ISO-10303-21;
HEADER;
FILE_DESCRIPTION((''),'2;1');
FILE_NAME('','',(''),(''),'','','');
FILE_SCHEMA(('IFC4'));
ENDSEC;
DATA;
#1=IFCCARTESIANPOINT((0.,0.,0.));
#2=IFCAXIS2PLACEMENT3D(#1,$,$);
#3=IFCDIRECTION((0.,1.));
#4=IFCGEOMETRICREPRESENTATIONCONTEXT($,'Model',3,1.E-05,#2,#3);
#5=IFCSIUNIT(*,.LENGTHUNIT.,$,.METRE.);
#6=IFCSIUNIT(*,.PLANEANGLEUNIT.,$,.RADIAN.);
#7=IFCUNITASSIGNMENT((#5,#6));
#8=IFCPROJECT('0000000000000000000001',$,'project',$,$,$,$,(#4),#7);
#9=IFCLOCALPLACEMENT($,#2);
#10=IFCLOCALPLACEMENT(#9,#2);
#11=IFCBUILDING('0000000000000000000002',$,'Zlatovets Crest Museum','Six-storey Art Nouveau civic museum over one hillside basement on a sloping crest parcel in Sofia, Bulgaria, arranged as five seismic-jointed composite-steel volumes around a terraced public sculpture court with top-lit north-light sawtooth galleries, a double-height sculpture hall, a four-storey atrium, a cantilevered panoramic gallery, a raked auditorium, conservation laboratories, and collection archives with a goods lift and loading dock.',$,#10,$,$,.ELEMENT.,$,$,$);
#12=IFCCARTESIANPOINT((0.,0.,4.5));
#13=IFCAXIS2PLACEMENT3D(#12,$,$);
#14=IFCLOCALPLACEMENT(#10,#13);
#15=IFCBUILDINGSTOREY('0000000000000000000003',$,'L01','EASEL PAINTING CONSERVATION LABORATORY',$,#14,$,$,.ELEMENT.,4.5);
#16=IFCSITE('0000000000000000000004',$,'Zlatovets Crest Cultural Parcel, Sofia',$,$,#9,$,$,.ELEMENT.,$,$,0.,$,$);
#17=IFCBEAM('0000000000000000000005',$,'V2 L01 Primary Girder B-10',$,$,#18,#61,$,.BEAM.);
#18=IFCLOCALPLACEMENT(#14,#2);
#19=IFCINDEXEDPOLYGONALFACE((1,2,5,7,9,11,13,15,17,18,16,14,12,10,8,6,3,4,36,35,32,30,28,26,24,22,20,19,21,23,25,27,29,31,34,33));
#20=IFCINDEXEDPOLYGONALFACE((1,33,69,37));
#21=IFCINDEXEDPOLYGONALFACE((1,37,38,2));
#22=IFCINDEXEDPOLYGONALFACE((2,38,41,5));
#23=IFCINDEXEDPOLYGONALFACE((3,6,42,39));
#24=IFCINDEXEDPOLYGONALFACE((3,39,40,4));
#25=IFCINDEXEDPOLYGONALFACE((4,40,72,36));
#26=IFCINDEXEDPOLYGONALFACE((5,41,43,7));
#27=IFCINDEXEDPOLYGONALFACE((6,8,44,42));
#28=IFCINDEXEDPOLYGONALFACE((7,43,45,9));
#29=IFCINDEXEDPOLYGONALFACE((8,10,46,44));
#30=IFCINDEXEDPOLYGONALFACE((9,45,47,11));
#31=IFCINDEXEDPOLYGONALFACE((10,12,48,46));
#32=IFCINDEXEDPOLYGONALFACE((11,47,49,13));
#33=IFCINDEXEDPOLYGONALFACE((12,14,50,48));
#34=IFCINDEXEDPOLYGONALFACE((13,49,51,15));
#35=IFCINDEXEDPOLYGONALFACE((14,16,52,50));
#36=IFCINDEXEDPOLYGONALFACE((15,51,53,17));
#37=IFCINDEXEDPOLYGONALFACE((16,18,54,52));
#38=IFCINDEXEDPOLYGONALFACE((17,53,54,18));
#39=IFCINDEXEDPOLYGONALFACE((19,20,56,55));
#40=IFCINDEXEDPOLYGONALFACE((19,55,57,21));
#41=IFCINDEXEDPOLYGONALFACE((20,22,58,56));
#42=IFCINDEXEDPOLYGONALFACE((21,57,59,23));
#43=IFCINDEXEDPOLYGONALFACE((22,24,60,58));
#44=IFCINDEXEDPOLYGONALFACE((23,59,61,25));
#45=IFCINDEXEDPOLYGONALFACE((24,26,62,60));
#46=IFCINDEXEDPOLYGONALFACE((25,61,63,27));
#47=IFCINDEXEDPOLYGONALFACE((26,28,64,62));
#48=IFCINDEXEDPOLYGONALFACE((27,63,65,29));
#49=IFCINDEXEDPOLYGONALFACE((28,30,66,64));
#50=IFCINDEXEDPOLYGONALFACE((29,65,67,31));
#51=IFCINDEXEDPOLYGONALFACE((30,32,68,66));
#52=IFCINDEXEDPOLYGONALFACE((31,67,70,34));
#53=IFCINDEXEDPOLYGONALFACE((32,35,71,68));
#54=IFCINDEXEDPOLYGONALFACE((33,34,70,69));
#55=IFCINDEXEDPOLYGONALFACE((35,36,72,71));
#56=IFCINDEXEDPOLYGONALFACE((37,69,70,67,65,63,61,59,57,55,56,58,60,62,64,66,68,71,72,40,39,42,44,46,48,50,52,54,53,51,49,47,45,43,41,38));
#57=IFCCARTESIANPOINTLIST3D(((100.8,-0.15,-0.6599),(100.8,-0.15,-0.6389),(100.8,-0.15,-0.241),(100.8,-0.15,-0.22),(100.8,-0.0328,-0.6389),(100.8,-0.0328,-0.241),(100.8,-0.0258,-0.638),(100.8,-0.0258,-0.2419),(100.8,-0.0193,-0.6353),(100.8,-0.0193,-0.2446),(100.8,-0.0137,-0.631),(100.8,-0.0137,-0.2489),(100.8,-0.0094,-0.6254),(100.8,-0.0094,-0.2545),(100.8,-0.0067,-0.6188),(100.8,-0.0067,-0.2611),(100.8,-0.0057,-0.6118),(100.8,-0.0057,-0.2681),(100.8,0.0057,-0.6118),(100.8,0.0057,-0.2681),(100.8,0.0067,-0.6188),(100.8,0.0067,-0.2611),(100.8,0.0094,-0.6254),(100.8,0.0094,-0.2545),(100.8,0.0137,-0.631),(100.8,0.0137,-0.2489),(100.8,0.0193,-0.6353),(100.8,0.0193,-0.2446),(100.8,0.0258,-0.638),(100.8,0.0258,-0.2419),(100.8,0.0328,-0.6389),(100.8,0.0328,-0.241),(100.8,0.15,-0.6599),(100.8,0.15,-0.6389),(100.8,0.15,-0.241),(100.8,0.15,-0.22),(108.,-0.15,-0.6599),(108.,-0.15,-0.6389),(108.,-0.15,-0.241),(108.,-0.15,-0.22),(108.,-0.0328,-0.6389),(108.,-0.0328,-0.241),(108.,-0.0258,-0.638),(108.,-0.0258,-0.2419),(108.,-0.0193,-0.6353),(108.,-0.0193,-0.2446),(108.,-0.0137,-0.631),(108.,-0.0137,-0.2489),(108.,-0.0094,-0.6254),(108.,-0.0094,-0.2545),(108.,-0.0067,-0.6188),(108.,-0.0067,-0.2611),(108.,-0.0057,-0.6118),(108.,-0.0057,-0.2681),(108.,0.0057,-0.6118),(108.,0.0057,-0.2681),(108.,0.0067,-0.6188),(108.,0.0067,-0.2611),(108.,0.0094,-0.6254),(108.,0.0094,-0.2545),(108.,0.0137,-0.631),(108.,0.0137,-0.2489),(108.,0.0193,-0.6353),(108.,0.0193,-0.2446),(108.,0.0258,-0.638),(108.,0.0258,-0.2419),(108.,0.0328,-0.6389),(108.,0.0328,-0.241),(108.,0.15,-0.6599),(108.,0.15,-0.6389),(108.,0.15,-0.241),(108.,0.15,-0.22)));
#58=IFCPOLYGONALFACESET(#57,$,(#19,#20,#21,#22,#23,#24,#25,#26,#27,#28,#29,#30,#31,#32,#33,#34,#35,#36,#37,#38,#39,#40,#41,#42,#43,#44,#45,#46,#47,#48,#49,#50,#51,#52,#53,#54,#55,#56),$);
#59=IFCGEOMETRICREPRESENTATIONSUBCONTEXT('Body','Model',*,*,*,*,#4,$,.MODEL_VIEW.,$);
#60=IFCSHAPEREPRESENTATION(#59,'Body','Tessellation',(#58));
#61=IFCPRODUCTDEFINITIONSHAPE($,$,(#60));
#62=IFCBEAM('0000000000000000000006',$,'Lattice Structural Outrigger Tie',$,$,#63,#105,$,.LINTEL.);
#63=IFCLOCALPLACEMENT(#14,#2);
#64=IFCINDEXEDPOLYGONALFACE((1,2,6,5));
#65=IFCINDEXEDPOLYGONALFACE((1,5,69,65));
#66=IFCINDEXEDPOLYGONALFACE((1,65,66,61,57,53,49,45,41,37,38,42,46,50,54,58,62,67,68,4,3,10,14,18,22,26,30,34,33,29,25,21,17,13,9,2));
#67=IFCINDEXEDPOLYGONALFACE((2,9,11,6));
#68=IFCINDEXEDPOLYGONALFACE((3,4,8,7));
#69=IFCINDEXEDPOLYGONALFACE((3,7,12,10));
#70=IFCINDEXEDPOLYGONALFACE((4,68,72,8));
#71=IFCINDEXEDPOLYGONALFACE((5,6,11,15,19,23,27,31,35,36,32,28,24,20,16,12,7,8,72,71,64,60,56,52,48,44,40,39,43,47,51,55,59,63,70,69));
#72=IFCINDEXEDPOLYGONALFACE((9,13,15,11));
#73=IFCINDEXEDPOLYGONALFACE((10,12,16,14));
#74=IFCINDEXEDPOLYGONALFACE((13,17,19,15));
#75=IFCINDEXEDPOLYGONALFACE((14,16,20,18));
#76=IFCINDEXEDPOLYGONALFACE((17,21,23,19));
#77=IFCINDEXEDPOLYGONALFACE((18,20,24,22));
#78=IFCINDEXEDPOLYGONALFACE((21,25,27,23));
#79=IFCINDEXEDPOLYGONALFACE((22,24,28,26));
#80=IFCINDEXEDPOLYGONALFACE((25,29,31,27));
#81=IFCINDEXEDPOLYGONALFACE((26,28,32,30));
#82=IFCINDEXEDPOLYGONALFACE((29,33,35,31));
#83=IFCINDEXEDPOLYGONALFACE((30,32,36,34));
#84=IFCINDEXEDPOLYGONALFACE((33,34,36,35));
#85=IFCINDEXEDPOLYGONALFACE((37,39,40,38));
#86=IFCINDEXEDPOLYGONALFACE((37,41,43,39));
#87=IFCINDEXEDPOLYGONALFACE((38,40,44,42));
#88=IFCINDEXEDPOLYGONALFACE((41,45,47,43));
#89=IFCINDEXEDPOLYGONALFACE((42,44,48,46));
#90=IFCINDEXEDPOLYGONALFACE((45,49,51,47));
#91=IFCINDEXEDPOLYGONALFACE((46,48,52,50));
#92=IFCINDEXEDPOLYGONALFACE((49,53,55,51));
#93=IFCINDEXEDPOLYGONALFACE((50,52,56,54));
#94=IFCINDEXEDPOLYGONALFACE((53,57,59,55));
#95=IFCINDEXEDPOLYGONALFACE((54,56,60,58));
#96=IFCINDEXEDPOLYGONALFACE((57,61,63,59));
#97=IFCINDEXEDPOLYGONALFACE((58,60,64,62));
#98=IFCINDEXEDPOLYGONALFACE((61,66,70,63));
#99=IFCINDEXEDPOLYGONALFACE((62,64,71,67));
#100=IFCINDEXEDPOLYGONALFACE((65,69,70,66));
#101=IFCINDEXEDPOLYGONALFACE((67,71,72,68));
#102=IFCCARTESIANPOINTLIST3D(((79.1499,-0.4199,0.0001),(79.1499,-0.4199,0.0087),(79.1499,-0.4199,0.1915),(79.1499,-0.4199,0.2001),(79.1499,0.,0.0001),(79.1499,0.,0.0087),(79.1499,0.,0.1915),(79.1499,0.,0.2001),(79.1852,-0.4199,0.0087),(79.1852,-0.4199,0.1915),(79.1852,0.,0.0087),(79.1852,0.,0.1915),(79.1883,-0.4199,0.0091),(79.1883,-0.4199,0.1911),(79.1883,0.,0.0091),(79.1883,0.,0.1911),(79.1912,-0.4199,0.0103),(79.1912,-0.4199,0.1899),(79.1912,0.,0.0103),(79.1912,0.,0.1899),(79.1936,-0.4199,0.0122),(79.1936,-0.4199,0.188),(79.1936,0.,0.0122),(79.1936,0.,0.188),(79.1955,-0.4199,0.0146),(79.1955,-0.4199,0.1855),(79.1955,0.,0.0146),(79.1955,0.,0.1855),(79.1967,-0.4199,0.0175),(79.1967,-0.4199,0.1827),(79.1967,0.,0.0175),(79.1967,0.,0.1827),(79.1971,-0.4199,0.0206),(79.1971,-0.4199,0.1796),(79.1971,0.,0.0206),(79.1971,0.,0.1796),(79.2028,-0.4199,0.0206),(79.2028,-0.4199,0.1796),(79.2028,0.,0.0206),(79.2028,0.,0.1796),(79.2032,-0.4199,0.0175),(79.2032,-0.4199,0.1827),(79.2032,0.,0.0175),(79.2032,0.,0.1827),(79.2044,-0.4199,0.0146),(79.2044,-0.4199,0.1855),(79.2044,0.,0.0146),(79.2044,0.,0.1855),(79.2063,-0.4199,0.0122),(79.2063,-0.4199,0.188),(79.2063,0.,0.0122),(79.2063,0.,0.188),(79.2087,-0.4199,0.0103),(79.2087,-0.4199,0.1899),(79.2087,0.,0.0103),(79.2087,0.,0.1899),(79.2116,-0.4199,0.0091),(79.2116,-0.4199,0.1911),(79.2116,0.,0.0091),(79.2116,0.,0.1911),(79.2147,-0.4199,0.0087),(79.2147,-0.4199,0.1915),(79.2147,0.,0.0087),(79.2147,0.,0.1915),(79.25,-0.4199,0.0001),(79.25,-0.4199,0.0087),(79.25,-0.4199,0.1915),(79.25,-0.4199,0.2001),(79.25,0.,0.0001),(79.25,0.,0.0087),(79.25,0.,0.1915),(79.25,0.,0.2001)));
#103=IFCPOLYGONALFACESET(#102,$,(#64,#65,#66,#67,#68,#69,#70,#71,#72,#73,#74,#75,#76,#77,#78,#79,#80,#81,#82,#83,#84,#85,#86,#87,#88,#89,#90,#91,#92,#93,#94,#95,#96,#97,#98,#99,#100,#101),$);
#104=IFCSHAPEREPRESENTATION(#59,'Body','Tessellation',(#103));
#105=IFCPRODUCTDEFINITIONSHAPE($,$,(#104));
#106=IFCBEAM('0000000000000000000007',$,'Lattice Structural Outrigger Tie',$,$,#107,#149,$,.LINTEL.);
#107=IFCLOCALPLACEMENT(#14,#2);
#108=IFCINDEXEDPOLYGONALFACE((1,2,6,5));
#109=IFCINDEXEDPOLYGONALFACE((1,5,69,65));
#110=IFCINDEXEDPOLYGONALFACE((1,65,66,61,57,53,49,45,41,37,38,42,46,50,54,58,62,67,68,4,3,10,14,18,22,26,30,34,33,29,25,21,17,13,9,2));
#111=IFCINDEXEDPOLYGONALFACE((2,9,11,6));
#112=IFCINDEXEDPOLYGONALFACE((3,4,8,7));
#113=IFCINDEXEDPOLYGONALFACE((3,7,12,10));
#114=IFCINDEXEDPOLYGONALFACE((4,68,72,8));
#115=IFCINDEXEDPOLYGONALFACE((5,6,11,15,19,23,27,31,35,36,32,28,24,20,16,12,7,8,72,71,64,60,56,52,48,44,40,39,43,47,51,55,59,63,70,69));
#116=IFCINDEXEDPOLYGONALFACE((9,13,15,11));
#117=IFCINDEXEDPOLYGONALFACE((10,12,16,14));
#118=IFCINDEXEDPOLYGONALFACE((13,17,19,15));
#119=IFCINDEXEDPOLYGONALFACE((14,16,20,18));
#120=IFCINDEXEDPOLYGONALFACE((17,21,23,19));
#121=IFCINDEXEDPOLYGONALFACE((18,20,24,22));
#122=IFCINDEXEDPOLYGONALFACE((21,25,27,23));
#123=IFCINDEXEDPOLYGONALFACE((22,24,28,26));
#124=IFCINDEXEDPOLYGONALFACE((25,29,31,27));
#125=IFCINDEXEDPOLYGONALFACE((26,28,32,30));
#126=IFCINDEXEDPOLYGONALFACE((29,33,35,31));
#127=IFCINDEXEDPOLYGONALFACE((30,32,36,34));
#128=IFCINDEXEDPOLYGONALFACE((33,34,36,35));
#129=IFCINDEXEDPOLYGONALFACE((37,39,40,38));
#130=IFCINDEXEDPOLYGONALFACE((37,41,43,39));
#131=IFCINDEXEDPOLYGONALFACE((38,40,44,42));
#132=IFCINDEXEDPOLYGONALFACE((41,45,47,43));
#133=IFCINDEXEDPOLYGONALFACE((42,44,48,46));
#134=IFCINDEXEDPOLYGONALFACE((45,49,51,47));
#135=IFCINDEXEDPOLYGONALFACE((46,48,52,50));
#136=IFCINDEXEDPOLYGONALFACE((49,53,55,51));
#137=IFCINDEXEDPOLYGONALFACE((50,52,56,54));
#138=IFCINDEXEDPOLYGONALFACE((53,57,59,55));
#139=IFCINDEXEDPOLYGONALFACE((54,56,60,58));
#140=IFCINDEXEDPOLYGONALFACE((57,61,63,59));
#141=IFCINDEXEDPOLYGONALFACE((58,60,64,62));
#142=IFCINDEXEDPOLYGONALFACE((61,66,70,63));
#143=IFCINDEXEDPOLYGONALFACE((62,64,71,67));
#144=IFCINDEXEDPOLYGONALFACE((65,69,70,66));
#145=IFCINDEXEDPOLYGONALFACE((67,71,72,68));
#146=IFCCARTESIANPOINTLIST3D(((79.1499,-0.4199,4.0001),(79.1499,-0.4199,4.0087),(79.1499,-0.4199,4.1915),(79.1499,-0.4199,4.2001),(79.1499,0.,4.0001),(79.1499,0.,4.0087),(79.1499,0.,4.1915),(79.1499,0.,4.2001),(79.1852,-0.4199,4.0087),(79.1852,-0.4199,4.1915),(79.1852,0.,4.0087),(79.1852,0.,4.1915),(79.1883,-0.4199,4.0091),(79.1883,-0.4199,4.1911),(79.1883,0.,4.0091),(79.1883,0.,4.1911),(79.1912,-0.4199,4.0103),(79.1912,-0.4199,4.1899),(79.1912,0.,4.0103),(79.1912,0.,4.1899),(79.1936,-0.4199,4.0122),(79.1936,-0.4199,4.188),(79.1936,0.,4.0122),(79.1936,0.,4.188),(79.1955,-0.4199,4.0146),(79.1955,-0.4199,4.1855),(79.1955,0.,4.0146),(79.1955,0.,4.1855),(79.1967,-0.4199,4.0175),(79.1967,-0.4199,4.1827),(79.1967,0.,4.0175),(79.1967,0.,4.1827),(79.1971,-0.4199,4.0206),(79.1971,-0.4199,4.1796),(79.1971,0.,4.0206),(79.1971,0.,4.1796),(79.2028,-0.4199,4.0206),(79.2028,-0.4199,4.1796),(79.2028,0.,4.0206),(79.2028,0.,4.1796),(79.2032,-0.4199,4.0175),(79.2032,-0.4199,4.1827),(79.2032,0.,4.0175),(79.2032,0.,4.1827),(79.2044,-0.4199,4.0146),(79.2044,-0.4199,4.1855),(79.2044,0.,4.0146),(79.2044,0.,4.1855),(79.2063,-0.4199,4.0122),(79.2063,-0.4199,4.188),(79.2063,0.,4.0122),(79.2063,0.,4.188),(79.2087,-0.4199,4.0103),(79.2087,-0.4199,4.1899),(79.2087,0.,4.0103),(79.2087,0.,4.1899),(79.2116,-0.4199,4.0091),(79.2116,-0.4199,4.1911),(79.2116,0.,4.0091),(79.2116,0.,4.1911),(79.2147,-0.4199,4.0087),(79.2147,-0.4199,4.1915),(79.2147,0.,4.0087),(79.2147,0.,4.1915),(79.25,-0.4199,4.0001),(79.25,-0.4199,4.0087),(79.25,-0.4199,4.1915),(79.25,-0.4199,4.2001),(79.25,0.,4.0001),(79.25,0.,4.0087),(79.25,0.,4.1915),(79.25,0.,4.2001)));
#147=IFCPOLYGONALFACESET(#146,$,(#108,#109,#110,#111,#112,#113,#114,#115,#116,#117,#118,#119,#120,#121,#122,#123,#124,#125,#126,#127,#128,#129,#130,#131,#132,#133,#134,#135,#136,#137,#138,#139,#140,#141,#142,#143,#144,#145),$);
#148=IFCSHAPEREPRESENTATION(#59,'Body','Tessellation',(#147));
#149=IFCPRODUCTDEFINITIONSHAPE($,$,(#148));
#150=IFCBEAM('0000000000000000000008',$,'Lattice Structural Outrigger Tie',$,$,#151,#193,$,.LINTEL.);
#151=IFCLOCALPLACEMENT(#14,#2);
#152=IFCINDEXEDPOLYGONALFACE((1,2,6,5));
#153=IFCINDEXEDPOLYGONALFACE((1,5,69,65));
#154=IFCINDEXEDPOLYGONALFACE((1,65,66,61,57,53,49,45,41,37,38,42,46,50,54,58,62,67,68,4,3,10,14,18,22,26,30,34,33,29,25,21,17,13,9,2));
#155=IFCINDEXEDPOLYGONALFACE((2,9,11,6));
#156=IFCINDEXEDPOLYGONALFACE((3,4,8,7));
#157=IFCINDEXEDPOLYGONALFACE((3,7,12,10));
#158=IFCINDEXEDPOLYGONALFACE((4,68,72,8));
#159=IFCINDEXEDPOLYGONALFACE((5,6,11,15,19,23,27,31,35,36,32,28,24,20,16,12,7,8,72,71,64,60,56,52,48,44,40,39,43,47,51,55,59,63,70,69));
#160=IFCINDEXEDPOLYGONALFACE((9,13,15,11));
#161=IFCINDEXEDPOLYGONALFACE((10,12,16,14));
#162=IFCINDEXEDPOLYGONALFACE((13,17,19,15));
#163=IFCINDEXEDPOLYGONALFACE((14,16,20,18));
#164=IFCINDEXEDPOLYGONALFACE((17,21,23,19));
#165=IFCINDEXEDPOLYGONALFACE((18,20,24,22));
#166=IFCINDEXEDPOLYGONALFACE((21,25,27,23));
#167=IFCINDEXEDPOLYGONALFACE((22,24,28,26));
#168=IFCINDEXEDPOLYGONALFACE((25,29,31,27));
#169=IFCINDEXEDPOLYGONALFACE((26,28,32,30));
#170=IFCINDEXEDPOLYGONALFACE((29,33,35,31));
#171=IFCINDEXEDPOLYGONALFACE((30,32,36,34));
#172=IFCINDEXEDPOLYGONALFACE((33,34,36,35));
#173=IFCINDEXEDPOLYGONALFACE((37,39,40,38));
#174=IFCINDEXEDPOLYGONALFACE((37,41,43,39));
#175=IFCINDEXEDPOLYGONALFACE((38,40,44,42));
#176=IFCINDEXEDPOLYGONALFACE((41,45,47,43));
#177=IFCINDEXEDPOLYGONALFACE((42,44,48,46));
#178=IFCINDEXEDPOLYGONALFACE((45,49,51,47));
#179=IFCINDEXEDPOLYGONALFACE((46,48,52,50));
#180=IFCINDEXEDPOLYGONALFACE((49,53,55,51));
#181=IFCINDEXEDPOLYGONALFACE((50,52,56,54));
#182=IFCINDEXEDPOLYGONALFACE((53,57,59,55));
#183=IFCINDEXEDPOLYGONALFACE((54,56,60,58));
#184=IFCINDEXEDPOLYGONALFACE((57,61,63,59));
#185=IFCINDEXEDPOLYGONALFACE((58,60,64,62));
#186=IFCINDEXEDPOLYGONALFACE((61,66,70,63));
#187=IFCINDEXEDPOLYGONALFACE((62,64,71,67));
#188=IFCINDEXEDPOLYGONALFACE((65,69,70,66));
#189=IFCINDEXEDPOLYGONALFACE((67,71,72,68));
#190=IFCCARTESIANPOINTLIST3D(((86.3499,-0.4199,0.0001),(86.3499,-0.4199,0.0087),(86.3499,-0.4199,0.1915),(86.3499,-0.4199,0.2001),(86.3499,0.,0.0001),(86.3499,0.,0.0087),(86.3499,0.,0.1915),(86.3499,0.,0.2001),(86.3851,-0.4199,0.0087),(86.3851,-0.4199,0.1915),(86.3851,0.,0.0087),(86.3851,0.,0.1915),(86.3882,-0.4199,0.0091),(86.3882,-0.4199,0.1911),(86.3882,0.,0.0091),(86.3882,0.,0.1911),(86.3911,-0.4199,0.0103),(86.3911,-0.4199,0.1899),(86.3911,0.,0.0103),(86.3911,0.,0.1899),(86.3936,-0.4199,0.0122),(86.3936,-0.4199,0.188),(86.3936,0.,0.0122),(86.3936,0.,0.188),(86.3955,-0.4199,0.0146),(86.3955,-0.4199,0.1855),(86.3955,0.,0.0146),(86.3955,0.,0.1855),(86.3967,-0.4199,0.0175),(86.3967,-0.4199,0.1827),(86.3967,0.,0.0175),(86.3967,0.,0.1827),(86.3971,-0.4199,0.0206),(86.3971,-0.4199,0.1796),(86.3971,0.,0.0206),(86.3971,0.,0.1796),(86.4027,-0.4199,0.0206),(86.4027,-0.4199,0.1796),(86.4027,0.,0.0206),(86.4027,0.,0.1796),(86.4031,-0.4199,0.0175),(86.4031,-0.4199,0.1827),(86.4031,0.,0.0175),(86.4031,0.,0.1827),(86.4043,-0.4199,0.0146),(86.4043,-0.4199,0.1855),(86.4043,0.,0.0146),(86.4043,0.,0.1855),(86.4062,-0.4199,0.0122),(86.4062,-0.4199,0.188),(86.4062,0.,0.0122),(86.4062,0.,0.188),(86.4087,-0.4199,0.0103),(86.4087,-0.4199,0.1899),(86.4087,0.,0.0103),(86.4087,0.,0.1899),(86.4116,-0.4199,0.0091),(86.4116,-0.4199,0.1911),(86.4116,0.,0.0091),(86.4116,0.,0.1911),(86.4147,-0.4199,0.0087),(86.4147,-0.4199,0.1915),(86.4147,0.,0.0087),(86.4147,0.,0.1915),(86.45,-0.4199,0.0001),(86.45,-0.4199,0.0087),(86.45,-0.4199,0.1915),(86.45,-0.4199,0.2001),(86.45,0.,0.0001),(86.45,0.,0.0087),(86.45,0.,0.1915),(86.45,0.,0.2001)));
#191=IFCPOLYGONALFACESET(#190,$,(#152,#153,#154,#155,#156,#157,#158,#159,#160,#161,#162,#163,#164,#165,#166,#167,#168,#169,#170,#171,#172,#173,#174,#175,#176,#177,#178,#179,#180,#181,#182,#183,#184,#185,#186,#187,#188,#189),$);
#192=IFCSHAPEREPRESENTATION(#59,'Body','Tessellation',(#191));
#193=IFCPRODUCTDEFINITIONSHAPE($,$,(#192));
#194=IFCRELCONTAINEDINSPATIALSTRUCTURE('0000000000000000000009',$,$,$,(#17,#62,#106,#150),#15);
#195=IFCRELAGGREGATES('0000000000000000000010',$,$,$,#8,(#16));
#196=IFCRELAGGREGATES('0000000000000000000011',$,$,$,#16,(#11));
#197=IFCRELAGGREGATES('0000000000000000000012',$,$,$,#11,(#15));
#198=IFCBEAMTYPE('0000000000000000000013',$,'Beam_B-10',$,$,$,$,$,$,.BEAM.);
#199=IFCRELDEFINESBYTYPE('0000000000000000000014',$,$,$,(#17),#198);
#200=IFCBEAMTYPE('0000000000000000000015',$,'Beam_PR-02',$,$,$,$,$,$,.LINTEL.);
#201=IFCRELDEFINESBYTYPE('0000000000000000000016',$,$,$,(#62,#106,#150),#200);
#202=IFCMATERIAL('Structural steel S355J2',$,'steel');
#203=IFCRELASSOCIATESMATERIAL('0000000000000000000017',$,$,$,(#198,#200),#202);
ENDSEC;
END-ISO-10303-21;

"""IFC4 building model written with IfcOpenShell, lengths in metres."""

from ifc_helpers import new_model, si_unit, direction, frame, origin, origin_2d, place, context, subcontext, project, spatial, i_section, extrude, material, material_profile, profile_set, type_object, element, save


model = new_model("IFC4")

# Units and contexts
model_context = context("Model", 3, precision=1e-05, world=origin(), true_north=direction((0.0, 1.0)))
body_context = subcontext(model_context, "Body", "Model", "MODEL_VIEW")
ifc_project = project(units=[si_unit("LENGTHUNIT", "METRE"), si_unit("PLANEANGLEUNIT", "RADIAN")], contexts=[model_context])

# Site, building, storey
site_placement = place(None, origin())
site = spatial("IfcSite", under=ifc_project, at=site_placement, Name="Zlatovets Crest Cultural Parcel, Sofia", CompositionType="ELEMENT", RefElevation=0.0)
building_placement = place(site_placement, origin())
building = spatial("IfcBuilding", under=site, at=building_placement, Name="Zlatovets Crest Museum", Description="Six-storey Art Nouveau civic museum over one hillside basement on a sloping crest parcel in Sofia, Bulgaria, arranged as five seismic-jointed composite-steel volumes around a terraced public sculpture court with top-lit north-light sawtooth galleries, a double-height sculpture hall, a four-storey atrium, a cantilevered panoramic gallery, a raked auditorium, conservation laboratories, and collection archives with a goods lift and loading dock.", CompositionType="ELEMENT")
storey_placement = place(building_placement, frame((0.0, 0.0, 4.5)))
storey = spatial("IfcBuildingStorey", under=building, at=storey_placement, Name="L01", Description="EASEL PAINTING CONSERVATION LABORATORY", CompositionType="ELEMENT", Elevation=4.5)

# Shared definitions
ifc_material_1 = material(Name="Structural steel S355J2", Category="steel")

# Beams
ifc_material_profile_1 = material_profile(ifc_material_1, i_section(OverallWidth=0.3, OverallDepth=0.4399, WebThickness=0.0115, FlangeThickness=0.021, FilletRadius=0.0271, at=origin_2d()), Name="HEA 450")
ifc_profile_set_1 = profile_set([ifc_material_profile_1], Name="Structural steel S355J2")
beam_type_1 = type_object("IfcBeamType", Name="Beam_B-10", PredefinedType="BEAM", material=ifc_profile_set_1)
for number, where, z_axis, x_axis, name in (
    (1, (100.8, 0.0, -0.4399), (1.0, 0.0, 0.0), (0.0, 1.0, 0.0), "V2 L01 Primary Girder B-10"),
):
    element("IfcBeam", number, at=place(storey_placement, frame(where, z_axis=z_axis, x_axis=x_axis)), inside=storey, type_object=beam_type_1, Name=name, PredefinedType="BEAM", context=body_context, shape_type="SweptSolid", body=[
        extrude(i_section(OverallWidth=0.3, OverallDepth=0.4399, WebThickness=0.0115, FlangeThickness=0.021, FilletRadius=0.0271, at=origin_2d()), origin(), (0.0, 0.0, 1.0), 7.2),
    ])
ifc_material_profile_2 = material_profile(ifc_material_1, i_section(OverallWidth=0.1001, OverallDepth=0.2, WebThickness=0.0056, FlangeThickness=0.0085, FilletRadius=0.012, at=origin_2d()), Name="IPE 200")
ifc_profile_set_2 = profile_set([ifc_material_profile_2], Name="Structural steel S355J2")
beam_type_2 = type_object("IfcBeamType", Name="Beam_PR-02", PredefinedType="LINTEL", material=ifc_profile_set_2)
for number, where, z_axis, x_axis, name in (
    (2, (79.2, 0.0, 0.1001), (0.0, -1.0, 0.0), (1.0, 0.0, 0.0), "Lattice Structural Outrigger Tie"),
    (3, (79.2, 0.0, 4.1001), (0.0, -1.0, 0.0), (1.0, 0.0, 0.0), "Lattice Structural Outrigger Tie"),
    (4, (86.3999, 0.0, 0.1001), (0.0, -1.0, 0.0), (1.0, 0.0, 0.0), "Lattice Structural Outrigger Tie"),
):
    element("IfcBeam", number, at=place(storey_placement, frame(where, z_axis=z_axis, x_axis=x_axis)), inside=storey, type_object=beam_type_2, Name=name, PredefinedType="LINTEL", context=body_context, shape_type="SweptSolid", body=[
        extrude(i_section(OverallWidth=0.1001, OverallDepth=0.2, WebThickness=0.0056, FlangeThickness=0.0085, FilletRadius=0.012, at=origin_2d()), origin(), (0.0, 0.0, 1.0), 0.4199),
    ])

save(model, "model.ifc")
